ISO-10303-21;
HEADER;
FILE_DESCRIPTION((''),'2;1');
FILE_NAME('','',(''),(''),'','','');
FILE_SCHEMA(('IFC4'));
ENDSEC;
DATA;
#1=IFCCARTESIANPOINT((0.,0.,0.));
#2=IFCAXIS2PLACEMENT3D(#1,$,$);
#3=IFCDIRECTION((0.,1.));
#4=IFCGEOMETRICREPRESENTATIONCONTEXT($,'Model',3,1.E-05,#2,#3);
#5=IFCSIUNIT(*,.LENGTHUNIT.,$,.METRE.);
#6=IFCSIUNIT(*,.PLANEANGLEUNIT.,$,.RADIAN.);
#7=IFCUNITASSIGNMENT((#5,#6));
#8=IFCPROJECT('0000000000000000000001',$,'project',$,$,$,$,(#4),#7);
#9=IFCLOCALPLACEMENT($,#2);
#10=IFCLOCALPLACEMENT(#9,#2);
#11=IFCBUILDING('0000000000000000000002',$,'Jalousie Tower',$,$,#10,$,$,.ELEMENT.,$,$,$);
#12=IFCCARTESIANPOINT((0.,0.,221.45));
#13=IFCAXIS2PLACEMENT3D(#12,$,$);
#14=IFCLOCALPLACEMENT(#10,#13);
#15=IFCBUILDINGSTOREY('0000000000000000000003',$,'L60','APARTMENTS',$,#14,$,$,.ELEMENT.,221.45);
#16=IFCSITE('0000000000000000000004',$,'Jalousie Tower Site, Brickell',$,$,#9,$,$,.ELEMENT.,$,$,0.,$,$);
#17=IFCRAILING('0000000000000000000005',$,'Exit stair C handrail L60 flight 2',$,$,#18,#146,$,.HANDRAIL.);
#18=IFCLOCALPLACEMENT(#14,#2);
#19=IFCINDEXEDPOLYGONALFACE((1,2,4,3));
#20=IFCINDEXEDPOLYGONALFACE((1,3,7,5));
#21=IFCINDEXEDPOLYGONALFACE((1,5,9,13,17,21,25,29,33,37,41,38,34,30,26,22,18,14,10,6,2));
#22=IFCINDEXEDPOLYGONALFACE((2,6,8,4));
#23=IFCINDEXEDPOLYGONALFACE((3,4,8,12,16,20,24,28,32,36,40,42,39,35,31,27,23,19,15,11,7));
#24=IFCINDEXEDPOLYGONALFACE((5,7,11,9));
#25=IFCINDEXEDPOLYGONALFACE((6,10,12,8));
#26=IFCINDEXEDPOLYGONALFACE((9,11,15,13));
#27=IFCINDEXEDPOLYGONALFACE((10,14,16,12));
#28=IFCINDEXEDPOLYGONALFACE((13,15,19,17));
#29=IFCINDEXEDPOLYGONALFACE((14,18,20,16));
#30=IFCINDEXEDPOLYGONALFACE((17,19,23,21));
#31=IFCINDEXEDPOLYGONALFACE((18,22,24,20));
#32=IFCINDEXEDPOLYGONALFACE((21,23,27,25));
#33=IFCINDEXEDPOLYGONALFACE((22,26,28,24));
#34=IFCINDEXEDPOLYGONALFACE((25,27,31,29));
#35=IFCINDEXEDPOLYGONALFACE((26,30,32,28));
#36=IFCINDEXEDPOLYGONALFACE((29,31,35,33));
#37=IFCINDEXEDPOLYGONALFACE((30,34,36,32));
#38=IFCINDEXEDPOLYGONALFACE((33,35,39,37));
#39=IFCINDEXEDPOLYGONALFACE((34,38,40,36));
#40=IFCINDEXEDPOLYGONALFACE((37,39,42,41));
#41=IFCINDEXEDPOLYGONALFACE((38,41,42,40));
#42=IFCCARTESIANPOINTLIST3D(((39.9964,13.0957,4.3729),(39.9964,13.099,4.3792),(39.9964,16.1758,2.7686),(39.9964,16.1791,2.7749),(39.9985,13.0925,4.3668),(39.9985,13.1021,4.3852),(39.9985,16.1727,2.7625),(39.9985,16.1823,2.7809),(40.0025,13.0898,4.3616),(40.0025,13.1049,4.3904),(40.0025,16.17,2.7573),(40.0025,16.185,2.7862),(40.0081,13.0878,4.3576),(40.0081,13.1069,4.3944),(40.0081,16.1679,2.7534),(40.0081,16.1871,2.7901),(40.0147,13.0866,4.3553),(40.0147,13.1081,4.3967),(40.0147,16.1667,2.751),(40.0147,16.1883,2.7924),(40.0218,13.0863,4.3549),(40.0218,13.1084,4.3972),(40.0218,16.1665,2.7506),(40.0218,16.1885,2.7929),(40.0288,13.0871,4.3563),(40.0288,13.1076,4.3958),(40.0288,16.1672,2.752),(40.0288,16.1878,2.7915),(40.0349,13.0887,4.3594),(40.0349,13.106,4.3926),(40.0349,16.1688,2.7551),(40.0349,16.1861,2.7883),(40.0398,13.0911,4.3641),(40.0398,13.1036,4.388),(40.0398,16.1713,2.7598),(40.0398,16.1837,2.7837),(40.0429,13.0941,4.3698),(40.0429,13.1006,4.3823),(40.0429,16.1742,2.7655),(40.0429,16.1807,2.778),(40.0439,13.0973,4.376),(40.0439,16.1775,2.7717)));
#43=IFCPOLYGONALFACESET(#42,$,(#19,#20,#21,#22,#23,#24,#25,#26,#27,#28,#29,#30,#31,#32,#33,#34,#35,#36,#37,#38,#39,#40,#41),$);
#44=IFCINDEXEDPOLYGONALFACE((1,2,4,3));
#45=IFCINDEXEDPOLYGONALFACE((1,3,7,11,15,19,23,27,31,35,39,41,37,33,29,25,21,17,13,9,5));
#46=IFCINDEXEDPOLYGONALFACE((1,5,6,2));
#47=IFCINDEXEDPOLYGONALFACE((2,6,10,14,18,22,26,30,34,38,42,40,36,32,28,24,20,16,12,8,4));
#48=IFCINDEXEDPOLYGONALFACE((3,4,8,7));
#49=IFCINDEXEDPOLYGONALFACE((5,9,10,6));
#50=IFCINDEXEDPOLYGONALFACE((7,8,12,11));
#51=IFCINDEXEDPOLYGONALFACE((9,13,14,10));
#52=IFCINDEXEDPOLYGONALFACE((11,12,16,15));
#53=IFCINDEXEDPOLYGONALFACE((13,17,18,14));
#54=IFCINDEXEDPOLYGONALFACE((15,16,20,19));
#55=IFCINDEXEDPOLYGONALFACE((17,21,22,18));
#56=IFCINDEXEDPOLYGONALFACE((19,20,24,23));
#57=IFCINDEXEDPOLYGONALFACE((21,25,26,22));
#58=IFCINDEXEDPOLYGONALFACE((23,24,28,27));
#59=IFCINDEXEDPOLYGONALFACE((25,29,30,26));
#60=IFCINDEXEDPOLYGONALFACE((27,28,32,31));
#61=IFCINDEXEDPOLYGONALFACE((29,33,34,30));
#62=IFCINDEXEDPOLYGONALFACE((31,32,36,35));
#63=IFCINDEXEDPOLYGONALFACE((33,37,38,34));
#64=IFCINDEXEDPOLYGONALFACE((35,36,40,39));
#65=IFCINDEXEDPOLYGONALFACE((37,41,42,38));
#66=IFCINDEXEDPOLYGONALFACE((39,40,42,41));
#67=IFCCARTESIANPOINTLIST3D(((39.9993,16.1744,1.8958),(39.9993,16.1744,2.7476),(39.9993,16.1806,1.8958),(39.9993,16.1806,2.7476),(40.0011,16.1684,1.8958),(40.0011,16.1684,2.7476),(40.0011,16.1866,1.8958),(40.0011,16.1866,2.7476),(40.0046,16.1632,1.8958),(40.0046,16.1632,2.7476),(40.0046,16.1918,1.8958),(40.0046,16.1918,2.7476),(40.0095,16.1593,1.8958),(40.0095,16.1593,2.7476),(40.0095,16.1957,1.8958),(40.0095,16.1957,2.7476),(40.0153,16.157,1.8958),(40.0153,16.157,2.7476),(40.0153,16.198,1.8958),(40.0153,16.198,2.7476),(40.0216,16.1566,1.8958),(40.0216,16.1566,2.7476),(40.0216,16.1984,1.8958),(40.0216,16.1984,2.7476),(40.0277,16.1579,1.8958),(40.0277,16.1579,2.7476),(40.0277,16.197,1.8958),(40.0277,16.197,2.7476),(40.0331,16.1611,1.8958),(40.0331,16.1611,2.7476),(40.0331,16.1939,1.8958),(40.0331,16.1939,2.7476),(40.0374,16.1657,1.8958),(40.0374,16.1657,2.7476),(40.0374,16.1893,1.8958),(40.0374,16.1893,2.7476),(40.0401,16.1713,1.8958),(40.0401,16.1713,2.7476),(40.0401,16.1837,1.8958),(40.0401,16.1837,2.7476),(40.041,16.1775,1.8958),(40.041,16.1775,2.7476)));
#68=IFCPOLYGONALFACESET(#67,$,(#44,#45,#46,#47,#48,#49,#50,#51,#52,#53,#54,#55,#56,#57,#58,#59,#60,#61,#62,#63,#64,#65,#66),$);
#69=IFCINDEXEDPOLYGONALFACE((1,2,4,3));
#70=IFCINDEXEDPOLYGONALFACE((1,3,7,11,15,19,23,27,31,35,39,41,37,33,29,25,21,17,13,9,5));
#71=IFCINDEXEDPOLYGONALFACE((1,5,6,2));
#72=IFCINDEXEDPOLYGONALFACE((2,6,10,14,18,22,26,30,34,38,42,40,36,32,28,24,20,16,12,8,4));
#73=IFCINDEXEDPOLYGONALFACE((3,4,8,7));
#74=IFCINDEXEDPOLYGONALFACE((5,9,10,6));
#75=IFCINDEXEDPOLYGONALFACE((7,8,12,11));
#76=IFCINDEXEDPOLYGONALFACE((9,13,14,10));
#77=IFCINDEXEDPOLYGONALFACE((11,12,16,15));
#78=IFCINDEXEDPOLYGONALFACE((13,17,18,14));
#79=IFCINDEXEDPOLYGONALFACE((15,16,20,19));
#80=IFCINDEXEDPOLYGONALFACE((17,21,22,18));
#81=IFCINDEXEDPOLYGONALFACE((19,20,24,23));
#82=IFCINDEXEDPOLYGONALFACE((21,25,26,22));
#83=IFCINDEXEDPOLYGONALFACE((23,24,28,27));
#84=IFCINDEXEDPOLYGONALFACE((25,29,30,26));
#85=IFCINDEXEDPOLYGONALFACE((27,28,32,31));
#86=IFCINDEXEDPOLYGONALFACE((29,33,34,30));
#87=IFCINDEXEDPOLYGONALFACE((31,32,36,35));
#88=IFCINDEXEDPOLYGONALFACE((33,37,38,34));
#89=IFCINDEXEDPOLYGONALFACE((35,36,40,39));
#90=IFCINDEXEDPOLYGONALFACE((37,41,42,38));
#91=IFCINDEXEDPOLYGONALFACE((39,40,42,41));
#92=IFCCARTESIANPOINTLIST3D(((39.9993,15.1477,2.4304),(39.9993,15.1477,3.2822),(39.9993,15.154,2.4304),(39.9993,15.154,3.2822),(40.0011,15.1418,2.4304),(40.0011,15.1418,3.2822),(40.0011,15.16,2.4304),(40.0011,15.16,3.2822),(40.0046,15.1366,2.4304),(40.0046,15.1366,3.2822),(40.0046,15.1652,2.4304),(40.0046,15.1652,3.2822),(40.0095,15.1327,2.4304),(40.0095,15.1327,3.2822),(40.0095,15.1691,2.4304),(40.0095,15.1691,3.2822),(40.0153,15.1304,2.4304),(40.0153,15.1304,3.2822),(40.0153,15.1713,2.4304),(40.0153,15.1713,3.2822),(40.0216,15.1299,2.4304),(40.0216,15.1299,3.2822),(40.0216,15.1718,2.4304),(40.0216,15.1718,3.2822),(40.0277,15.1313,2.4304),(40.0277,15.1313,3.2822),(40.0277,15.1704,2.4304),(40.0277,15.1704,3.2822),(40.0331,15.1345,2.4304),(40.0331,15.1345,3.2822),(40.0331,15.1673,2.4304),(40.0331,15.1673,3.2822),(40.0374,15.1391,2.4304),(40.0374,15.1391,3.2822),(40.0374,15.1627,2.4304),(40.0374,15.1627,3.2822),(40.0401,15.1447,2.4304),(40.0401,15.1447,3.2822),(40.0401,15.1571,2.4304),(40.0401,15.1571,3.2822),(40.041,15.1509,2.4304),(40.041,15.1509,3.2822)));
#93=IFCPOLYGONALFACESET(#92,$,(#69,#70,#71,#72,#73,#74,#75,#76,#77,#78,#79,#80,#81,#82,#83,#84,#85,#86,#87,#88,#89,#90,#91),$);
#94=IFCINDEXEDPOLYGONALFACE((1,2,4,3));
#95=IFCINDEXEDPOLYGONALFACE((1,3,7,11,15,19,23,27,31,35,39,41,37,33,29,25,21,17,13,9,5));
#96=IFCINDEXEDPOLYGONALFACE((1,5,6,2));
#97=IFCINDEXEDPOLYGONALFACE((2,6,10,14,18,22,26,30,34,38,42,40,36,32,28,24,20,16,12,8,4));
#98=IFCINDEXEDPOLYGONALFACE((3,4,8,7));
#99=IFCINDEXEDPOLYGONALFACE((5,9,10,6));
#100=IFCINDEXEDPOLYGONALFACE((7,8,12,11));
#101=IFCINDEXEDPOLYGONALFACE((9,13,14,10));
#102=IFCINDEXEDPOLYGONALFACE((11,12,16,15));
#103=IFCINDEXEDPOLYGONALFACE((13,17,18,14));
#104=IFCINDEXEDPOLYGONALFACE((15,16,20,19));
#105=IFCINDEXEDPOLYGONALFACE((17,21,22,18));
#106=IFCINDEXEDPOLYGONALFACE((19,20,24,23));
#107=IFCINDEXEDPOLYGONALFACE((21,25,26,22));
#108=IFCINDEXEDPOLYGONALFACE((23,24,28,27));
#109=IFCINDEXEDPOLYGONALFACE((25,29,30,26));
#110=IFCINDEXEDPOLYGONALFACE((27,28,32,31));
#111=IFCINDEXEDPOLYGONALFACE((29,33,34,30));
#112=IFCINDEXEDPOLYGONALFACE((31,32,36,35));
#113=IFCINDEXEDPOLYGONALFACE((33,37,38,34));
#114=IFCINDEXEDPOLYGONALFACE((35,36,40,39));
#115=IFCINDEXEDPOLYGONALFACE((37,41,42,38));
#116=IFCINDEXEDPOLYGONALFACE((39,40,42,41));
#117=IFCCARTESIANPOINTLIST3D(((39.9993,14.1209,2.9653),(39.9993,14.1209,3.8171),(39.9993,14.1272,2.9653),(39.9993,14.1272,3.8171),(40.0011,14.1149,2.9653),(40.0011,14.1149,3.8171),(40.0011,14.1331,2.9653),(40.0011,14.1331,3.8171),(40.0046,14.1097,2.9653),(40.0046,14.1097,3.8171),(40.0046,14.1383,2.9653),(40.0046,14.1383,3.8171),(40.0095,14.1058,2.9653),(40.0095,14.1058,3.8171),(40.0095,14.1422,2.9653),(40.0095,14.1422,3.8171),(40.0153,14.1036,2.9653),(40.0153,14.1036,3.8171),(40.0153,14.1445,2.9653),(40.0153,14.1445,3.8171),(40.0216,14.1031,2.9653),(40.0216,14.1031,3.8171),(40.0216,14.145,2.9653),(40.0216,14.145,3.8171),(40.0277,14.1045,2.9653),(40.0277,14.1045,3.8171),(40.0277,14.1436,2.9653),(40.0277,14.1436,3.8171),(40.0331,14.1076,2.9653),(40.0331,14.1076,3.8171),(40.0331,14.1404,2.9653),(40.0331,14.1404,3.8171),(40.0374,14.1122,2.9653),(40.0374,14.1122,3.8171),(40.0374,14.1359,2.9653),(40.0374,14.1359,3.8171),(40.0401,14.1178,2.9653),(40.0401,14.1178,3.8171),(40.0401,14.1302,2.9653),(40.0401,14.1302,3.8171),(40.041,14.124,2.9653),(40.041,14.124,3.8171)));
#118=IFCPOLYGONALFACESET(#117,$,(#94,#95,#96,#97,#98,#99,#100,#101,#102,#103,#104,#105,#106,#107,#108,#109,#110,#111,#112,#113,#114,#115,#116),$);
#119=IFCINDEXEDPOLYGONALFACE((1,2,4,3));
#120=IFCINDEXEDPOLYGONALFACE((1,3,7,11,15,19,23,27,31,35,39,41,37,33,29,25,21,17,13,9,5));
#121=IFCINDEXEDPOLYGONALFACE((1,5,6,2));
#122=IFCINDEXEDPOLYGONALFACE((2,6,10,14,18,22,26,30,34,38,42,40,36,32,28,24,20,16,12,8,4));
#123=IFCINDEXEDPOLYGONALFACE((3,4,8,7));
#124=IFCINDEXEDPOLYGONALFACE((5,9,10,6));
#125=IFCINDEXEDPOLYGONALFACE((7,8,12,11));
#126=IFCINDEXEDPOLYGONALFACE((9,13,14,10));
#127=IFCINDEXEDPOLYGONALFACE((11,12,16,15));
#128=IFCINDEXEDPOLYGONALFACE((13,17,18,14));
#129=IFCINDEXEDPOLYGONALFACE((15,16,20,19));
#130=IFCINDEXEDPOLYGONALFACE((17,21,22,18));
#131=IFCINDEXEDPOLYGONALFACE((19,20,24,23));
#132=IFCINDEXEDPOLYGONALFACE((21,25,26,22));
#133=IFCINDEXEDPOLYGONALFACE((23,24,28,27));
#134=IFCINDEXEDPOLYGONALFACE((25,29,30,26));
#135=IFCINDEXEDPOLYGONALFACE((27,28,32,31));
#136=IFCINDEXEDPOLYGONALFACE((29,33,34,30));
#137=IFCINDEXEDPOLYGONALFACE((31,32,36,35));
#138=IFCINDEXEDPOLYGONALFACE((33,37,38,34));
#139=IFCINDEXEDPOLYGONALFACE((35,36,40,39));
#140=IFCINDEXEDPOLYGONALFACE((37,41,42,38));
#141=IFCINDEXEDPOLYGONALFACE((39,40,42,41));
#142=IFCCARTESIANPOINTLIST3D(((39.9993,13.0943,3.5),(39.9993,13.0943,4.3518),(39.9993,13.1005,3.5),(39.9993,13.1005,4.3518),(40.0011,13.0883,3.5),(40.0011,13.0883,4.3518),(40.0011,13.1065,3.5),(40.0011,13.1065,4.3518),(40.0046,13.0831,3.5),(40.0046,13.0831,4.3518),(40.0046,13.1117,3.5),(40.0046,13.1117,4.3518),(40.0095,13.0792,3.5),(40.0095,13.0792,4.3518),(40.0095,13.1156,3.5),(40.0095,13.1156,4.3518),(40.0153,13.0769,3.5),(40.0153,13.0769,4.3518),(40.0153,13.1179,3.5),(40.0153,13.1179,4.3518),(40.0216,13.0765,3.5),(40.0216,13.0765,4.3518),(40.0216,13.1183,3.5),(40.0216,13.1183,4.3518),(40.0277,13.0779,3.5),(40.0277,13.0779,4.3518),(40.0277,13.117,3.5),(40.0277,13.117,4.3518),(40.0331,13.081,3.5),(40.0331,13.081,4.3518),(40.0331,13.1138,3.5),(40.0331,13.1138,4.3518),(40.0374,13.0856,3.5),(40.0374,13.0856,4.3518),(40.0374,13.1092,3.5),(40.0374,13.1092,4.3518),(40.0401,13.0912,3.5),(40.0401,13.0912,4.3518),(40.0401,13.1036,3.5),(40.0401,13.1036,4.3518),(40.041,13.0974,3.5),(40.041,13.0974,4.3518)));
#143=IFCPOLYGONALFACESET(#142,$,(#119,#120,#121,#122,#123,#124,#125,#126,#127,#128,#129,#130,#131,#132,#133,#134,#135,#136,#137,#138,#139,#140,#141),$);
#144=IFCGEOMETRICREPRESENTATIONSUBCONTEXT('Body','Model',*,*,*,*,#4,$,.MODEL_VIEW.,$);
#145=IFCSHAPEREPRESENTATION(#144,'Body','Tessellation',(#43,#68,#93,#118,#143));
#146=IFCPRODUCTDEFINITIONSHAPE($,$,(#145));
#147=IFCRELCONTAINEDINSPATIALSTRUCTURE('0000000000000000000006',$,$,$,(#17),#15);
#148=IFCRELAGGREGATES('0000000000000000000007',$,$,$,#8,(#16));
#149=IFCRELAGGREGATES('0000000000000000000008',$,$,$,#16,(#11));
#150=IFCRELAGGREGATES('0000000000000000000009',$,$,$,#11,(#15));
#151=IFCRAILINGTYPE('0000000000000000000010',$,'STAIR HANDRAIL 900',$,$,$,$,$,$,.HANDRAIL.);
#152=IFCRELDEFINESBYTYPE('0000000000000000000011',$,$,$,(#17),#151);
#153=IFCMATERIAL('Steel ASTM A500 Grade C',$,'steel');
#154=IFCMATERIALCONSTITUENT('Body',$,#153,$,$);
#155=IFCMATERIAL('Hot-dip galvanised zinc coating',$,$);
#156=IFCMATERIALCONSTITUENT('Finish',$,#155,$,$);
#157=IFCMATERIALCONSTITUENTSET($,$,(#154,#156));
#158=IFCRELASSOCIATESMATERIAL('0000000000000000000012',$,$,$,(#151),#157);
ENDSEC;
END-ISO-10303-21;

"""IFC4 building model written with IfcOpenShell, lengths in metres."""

from ifc_helpers import new_model, si_unit, direction, frame, origin, origin_2d, place, context, subcontext, project, spatial, circle, extrude, material, constituent, constituent_set, type_object, element, save


model = new_model("IFC4")

# Units and contexts
model_context = context("Model", 3, precision=1e-05, world=origin(), true_north=direction((0.0, 1.0)))
body_context = subcontext(model_context, "Body", "Model", "MODEL_VIEW")
ifc_project = project(units=[si_unit("LENGTHUNIT", "METRE"), si_unit("PLANEANGLEUNIT", "RADIAN")], contexts=[model_context])

# Site, building, storey
site_placement = place(None, origin())
site = spatial("IfcSite", under=ifc_project, at=site_placement, Name="Jalousie Tower Site, Brickell", CompositionType="ELEMENT", RefElevation=0.0)
building_placement = place(site_placement, origin())
building = spatial("IfcBuilding", under=site, at=building_placement, Name="Jalousie Tower", CompositionType="ELEMENT")
storey_placement = place(building_placement, frame((0.0, 0.0, 221.45)))
storey = spatial("IfcBuildingStorey", under=building, at=storey_placement, Name="L60", Description="APARTMENTS", CompositionType="ELEMENT", Elevation=221.45)

# Railing
ifc_material_1 = material(Name="Steel ASTM A500 Grade C", Category="steel")
ifc_constituent_1 = constituent(ifc_material_1, Name="Body")
ifc_material_2 = material(Name="Hot-dip galvanised zinc coating")
ifc_constituent_2 = constituent(ifc_material_2, Name="Finish")
ifc_constituent_set_1 = constituent_set(constituents=[ifc_constituent_1, ifc_constituent_2])
railing_type_1 = type_object("IfcRailingType", Name="STAIR HANDRAIL 900", PredefinedType="HANDRAIL", material=ifc_constituent_set_1)
railing_1_placement = place(storey_placement, frame((40.02, 16.1775, 1.8958)))
element("IfcRailing", 1, at=railing_1_placement, inside=storey, type_object=railing_type_1, Name="Exit stair C handrail L60 flight 2", PredefinedType="HANDRAIL", context=body_context, shape_type="SweptSolid", body=[
    extrude(circle(Radius=0.0239, at=origin_2d()), frame((0.0, 0.0, 0.876), z_axis=(0.0, -0.886909, 0.461944), x_axis=(1.0, 0.0, 0.0)), (0.0, 0.0, 1.0), 3.4729),
    extrude(circle(Radius=0.021, at=origin_2d()), origin(), (0.0, 0.0, 1.0), 0.8518),
    extrude(circle(Radius=0.021, at=origin_2d()), frame((0.0, -1.0266, 0.5347)), (0.0, 0.0, 1.0), 0.8518),
    extrude(circle(Radius=0.021, at=origin_2d()), frame((0.0, -2.0535, 1.0696)), (0.0, 0.0, 1.0), 0.8518),
    extrude(circle(Radius=0.021, at=origin_2d()), frame((0.0, -3.0801, 1.6042)), (0.0, 0.0, 1.0), 0.8518),
])

save(model, "model.ifc")
